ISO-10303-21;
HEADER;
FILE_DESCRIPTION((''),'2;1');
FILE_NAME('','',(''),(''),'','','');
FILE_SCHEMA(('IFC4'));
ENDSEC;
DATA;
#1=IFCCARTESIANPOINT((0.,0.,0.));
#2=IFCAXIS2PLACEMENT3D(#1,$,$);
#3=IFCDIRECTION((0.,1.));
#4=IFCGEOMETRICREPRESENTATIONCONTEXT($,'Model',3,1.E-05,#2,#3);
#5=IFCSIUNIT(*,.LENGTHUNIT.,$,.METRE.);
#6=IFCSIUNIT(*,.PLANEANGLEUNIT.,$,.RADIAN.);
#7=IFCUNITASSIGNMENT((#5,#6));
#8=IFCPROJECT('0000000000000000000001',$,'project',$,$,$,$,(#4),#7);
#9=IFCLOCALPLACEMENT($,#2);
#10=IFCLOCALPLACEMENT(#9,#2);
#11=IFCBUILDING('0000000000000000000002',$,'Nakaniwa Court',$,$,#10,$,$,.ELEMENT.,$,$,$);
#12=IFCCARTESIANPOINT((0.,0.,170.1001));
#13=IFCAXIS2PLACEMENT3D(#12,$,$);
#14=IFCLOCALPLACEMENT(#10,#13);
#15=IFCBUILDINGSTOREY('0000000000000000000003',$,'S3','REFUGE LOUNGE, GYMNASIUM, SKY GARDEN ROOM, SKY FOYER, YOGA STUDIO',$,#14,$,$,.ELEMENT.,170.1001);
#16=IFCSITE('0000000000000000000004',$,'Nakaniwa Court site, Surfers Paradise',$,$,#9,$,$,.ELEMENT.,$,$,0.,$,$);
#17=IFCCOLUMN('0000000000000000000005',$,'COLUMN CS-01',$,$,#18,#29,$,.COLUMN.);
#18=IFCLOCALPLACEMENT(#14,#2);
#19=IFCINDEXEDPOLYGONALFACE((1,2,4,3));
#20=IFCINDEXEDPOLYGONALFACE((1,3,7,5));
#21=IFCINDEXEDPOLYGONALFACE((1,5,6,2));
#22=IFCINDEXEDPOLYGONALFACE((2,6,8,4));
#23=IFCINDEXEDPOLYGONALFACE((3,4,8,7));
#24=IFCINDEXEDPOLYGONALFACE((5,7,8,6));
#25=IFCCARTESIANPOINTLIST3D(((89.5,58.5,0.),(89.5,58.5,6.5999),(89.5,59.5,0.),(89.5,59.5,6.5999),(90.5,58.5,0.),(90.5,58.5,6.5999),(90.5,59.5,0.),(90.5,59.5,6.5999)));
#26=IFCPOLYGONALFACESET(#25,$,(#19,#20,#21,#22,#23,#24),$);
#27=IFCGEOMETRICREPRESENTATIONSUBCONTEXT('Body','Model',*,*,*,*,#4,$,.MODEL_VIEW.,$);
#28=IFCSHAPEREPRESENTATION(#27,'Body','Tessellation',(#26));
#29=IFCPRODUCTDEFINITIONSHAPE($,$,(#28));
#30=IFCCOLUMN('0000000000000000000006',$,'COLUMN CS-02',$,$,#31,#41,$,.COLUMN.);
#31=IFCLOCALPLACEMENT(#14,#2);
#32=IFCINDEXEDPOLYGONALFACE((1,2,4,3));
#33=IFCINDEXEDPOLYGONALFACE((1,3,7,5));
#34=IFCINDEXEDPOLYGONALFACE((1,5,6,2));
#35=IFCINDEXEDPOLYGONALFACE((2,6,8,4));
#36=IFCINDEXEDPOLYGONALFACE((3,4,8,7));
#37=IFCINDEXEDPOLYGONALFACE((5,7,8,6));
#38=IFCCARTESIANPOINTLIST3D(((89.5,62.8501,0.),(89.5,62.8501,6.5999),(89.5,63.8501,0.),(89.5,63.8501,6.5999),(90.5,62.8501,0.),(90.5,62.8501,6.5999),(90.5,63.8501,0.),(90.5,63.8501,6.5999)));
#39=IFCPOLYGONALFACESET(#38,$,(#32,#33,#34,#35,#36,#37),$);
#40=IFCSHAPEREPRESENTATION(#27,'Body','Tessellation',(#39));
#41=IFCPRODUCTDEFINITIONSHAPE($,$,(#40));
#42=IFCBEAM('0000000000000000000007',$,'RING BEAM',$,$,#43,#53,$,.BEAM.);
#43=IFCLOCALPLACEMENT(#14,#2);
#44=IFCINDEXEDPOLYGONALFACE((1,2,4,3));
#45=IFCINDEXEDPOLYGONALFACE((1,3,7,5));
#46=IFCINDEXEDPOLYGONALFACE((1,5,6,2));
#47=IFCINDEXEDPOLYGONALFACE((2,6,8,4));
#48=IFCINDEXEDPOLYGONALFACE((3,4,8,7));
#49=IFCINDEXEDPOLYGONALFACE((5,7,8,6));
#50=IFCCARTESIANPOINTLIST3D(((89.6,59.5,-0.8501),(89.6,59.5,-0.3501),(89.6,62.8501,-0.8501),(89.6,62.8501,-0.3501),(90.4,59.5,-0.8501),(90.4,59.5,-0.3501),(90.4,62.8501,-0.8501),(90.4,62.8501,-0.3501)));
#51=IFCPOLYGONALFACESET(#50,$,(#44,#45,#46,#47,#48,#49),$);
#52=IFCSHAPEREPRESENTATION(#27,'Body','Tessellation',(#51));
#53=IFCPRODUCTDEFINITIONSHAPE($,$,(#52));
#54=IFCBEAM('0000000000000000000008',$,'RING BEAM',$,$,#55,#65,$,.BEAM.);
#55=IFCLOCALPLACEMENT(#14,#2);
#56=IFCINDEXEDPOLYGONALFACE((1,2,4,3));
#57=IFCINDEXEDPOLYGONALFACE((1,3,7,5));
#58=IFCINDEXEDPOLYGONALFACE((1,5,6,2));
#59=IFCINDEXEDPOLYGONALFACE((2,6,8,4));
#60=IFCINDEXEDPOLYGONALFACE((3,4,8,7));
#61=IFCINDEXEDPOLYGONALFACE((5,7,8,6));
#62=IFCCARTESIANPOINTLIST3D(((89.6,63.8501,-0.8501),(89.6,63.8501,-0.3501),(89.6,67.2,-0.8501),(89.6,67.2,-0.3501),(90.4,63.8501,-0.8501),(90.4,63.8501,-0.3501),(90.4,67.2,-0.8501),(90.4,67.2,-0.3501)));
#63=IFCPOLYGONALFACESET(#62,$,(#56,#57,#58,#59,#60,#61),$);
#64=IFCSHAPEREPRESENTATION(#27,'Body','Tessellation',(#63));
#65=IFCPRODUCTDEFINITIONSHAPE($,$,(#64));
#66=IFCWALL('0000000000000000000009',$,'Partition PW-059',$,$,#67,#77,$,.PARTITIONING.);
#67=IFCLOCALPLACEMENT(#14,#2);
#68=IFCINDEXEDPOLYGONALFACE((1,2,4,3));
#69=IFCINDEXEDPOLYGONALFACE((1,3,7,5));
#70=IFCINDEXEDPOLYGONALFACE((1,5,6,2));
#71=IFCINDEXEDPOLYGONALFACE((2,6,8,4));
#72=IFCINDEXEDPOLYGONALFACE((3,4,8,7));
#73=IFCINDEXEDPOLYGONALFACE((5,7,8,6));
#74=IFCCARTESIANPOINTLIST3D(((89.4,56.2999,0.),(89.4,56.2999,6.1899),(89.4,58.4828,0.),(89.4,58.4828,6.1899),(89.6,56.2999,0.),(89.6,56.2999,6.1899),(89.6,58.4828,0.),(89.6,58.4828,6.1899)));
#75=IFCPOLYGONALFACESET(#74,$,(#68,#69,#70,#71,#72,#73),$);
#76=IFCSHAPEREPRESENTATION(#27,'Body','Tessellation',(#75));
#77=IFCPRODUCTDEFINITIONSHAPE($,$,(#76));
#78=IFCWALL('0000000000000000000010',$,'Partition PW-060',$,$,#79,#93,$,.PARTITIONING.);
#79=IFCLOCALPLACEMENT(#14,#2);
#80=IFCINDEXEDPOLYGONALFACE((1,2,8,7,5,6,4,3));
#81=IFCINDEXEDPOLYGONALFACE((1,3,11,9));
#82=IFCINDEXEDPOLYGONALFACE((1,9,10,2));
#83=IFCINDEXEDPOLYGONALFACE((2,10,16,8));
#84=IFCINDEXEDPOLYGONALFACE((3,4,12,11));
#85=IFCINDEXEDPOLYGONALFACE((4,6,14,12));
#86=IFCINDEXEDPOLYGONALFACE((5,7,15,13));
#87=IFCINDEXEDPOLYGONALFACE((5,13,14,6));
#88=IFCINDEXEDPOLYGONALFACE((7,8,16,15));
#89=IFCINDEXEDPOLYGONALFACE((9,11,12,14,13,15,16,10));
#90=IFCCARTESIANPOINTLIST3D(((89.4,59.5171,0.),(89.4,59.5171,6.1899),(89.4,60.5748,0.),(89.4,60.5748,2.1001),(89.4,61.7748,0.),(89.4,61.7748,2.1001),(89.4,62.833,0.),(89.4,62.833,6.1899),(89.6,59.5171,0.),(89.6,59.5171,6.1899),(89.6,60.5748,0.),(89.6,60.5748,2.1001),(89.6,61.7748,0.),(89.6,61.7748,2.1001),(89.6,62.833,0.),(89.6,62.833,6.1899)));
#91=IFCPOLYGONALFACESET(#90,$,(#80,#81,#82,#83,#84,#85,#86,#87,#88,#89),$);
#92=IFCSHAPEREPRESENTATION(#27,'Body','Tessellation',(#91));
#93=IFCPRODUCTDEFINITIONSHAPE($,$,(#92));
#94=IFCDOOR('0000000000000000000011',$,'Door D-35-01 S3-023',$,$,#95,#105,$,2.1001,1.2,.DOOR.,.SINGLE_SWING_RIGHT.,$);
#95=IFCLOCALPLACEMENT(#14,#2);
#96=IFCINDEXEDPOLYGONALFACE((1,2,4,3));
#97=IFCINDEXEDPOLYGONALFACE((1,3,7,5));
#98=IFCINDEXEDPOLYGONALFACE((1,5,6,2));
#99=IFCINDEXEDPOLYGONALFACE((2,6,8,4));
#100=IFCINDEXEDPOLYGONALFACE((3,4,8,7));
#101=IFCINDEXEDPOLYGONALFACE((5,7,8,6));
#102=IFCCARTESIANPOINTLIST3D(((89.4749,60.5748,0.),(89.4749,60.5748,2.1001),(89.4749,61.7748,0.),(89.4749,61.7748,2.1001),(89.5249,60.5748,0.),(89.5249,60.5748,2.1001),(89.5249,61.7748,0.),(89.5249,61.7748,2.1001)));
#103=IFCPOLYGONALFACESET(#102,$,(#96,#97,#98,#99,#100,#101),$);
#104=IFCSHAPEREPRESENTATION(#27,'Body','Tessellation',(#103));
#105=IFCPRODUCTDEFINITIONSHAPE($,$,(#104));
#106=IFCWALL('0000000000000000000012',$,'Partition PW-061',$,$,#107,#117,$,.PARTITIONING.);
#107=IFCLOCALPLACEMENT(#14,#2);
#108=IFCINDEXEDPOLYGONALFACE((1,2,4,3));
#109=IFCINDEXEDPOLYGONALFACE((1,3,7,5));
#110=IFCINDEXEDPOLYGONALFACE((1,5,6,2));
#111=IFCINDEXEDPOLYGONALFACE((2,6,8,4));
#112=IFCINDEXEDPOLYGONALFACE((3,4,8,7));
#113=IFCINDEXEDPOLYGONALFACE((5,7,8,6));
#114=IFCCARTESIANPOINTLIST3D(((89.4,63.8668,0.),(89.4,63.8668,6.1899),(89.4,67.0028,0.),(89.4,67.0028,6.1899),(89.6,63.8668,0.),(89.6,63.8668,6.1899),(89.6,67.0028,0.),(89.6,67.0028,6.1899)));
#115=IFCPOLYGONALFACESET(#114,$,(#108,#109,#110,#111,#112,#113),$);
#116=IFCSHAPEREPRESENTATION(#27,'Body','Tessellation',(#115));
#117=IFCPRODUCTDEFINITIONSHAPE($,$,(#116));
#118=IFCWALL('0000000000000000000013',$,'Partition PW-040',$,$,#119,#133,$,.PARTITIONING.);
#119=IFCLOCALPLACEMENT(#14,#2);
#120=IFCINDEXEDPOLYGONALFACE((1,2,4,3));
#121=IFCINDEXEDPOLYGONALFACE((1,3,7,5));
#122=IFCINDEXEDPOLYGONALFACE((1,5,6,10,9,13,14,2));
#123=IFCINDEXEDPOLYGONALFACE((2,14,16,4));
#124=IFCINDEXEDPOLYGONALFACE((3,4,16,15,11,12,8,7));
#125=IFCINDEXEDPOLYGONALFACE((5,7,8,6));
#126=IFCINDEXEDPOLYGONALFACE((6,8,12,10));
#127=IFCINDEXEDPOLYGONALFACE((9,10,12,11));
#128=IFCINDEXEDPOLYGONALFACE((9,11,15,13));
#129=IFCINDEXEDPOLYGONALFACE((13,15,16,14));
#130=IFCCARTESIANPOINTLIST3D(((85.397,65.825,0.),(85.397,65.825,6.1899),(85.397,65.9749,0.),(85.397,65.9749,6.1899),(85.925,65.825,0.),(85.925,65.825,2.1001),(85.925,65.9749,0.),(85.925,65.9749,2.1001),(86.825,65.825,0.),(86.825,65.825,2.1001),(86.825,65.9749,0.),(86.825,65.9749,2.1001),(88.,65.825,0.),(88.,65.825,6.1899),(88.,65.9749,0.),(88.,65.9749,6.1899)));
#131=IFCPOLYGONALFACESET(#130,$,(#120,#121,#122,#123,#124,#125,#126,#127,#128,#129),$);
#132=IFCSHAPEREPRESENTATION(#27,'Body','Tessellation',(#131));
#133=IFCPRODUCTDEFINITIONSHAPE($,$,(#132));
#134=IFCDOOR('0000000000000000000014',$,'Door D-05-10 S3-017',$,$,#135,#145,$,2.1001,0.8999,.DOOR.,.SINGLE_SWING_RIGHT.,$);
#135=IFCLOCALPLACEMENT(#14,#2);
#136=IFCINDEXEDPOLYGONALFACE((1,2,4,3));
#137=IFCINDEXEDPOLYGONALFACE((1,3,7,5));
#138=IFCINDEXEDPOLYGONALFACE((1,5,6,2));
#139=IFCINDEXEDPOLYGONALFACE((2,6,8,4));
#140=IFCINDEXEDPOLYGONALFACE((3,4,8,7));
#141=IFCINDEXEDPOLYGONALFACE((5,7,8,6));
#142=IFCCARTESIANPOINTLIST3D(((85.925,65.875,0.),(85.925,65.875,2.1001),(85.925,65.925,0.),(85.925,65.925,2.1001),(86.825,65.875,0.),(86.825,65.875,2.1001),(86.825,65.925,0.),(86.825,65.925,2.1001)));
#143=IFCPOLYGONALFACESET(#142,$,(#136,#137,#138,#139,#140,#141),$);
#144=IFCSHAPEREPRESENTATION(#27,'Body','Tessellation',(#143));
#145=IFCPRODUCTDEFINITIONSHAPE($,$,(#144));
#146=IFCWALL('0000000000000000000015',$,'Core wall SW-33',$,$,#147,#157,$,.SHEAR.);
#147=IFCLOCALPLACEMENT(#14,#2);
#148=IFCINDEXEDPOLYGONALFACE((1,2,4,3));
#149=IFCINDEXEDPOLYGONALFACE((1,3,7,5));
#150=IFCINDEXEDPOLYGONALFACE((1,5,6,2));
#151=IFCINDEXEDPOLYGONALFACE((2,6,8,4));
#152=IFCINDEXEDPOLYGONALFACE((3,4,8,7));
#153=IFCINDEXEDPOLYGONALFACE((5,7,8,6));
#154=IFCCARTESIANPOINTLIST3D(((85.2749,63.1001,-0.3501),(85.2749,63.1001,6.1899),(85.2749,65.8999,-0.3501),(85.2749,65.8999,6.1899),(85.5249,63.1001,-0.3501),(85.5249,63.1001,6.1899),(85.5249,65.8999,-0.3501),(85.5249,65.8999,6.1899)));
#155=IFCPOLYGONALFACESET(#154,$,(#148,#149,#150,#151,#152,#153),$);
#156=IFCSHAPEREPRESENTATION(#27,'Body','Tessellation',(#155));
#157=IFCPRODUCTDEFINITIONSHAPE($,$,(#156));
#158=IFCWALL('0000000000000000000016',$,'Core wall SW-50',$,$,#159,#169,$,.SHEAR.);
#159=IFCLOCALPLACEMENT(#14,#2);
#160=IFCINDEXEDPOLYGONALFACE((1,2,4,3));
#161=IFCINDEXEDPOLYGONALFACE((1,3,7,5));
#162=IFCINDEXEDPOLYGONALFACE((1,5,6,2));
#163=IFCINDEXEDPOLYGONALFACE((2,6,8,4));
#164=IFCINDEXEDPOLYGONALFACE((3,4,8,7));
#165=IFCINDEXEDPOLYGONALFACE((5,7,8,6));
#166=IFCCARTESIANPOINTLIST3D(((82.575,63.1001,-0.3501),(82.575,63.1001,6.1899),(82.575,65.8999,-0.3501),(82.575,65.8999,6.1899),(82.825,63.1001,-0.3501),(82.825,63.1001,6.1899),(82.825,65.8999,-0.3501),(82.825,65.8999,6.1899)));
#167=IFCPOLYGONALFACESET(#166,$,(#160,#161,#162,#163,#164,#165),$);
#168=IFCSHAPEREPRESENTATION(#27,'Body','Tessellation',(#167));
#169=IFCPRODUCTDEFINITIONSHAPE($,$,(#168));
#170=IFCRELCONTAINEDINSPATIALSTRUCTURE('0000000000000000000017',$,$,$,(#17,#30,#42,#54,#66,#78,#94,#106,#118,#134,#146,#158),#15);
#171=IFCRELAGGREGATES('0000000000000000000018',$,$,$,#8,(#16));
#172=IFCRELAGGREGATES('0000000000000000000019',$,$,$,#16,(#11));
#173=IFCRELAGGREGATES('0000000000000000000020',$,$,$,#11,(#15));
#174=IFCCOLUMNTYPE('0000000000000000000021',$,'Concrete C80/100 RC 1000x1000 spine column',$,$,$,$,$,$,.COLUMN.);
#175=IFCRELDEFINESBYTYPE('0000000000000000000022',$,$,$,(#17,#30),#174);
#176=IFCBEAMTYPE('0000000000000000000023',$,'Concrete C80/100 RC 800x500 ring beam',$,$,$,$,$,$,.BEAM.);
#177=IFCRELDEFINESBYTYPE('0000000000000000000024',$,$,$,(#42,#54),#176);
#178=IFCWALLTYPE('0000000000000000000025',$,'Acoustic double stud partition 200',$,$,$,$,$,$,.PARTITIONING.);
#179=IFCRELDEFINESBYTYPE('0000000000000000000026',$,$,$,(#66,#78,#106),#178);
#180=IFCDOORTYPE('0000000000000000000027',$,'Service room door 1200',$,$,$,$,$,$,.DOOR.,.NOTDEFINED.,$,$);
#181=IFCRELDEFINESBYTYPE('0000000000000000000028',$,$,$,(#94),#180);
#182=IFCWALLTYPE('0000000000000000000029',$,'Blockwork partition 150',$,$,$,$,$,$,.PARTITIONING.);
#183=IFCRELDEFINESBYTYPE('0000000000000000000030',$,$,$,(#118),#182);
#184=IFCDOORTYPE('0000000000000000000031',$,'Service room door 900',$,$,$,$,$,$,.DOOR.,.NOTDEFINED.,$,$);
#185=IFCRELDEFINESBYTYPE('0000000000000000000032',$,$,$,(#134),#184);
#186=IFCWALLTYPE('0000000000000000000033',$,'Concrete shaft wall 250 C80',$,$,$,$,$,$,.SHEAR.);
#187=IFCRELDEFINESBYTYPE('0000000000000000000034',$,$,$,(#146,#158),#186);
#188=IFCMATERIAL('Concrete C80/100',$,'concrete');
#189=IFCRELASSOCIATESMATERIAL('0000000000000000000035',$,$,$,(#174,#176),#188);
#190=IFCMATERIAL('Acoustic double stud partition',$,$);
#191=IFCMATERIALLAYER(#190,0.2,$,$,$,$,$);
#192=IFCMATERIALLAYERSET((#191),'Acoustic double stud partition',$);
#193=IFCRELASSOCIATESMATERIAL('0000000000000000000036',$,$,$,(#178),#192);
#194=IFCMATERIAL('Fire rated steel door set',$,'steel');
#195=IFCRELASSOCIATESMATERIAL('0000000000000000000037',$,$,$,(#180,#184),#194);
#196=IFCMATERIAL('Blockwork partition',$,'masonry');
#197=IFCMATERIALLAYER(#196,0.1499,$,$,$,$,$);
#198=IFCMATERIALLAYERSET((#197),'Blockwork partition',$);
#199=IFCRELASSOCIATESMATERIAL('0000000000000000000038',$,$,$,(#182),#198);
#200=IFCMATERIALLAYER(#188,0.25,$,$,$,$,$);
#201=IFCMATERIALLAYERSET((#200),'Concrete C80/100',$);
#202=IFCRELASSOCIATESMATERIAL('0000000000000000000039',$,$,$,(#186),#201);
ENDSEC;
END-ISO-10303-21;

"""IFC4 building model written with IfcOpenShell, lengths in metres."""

from ifc_helpers import new_model, si_unit, direction, frame, frame_2d, origin, origin_2d, place, context, subcontext, project, spatial, rectangle, extrude, material, layer, layer_set, material_profile, profile_set, type_object, element, fill, save


model = new_model("IFC4")

# Units and contexts
model_context = context("Model", 3, precision=1e-05, world=origin(), true_north=direction((0.0, 1.0)))
body_context = subcontext(model_context, "Body", "Model", "MODEL_VIEW")
ifc_project = project(units=[si_unit("LENGTHUNIT", "METRE"), si_unit("PLANEANGLEUNIT", "RADIAN")], contexts=[model_context])

# Site, building, storey
site_placement = place(None, origin())
site = spatial("IfcSite", under=ifc_project, at=site_placement, Name="Nakaniwa Court site, Surfers Paradise", CompositionType="ELEMENT", RefElevation=0.0)
building_placement = place(site_placement, origin())
building = spatial("IfcBuilding", under=site, at=building_placement, Name="Nakaniwa Court", CompositionType="ELEMENT")
storey_placement = place(building_placement, frame((0.0, 0.0, 170.1001)))
storey = spatial("IfcBuildingStorey", under=building, at=storey_placement, Name="S3", Description="REFUGE LOUNGE, GYMNASIUM, SKY GARDEN ROOM, SKY FOYER, YOGA STUDIO", CompositionType="ELEMENT", Elevation=170.1001)

# Columns
ifc_material_1 = material(Name="Concrete C80/100", Category="concrete")
ifc_material_profile_1 = material_profile(ifc_material_1, rectangle(XDim=1.0, YDim=1.0, at=origin_2d()), Name="Concrete C80/100 RC 1000x1000 spine column")
ifc_profile_set_1 = profile_set([ifc_material_profile_1], Name="Concrete C80/100")
column_type = type_object("IfcColumnType", Name="Concrete C80/100 RC 1000x1000 spine column", PredefinedType="COLUMN", material=ifc_profile_set_1)
for number, where, z_axis, x_axis, name in (
    (1, (90.0, 59.0, 0.0), (0.0, 0.0, 1.0), (0.0, 1.0, 0.0), "COLUMN CS-01"),
    (2, (90.0, 63.3501, 0.0), (0.0, 0.0, 1.0), (0.0, 1.0, 0.0), "COLUMN CS-02"),
):
    element("IfcColumn", number, at=place(storey_placement, frame(where, z_axis=z_axis, x_axis=x_axis)), inside=storey, type_object=column_type, Name=name, PredefinedType="COLUMN", context=body_context, shape_type="SweptSolid", body=[
        extrude(rectangle(XDim=1.0, YDim=1.0, at=origin_2d()), origin(), (0.0, 0.0, 1.0), 6.5999),
    ])

# Beams
ifc_material_profile_2 = material_profile(ifc_material_1, rectangle(XDim=0.8, YDim=0.5, at=origin_2d()), Name="Concrete C80/100 RC 800x500 ring beam")
ifc_profile_set_2 = profile_set([ifc_material_profile_2], Name="Concrete C80/100")
beam_type = type_object("IfcBeamType", Name="Concrete C80/100 RC 800x500 ring beam", PredefinedType="BEAM", material=ifc_profile_set_2)
beam_1_placement = place(storey_placement, frame((90.0, 59.5, -0.6001), z_axis=(0.0, 1.0, 0.0), x_axis=(-1.0, 0.0, 0.0)))
element("IfcBeam", 3, at=beam_1_placement, inside=storey, type_object=beam_type, Name="RING BEAM", PredefinedType="BEAM", context=body_context, shape_type="SweptSolid", body=[
    extrude(rectangle(XDim=0.8, YDim=0.5, at=origin_2d()), origin(), (0.0, 0.0, 1.0), 3.3501),
])
beam_2_placement = place(storey_placement, frame((90.0, 63.8501, -0.6001), z_axis=(0.0, 1.0, 0.0), x_axis=(-1.0, 0.0, 0.0)))
element("IfcBeam", 4, at=beam_2_placement, inside=storey, type_object=beam_type, Name="RING BEAM", PredefinedType="BEAM", context=body_context, shape_type="SweptSolid", body=[
    extrude(rectangle(XDim=0.8, YDim=0.5, at=origin_2d()), origin(), (0.0, 0.0, 1.0), 3.3499),
])

# Wall
ifc_material_2 = material(Name="Acoustic double stud partition")
ifc_layer_1 = layer(ifc_material_2, 0.2)
ifc_layer_set_1 = layer_set([ifc_layer_1], Name="Acoustic double stud partition")
wall_type_1 = type_object("IfcWallType", Name="Acoustic double stud partition 200", PredefinedType="PARTITIONING", material=ifc_layer_set_1)
wall_1_placement = place(storey_placement, frame((89.5, 56.3, 0.0), z_axis=(0.0, 0.0, 1.0), x_axis=(0.0, 1.0, 0.0)))
element("IfcWall", 5, at=wall_1_placement, inside=storey, type_object=wall_type_1, Name="Partition PW-059", PredefinedType="PARTITIONING", context=body_context, shape_type="SweptSolid", body=[
    extrude(rectangle(XDim=2.1829, YDim=0.2, at=frame_2d((1.0913, 0.0))), origin(), (0.0, 0.0, 1.0), 6.1899),
])

# Wall, opening, door
wall_2_placement = place(storey_placement, frame((89.5, 62.833, 0.0), z_axis=(0.0, 0.0, 1.0), x_axis=(0.0, -1.0, 0.0)))
wall_2 = element("IfcWall", 6, at=wall_2_placement, inside=storey, type_object=wall_type_1, Name="Partition PW-060", PredefinedType="PARTITIONING", context=body_context, shape_type="SweptSolid", body=[
    extrude(rectangle(XDim=3.3159, YDim=0.2, at=frame_2d((1.658, 0.0))), origin(), (0.0, 0.0, 1.0), 6.1899),
])
opening_1_placement = place(wall_2_placement, frame((1.0581, 0.0, 0.0)))
opening_1 = element("IfcOpeningElement", 7, at=opening_1_placement, cuts=wall_2, PredefinedType="OPENING", context=body_context, shape_type="SweptSolid", body=[
    extrude(rectangle(XDim=1.2, YDim=2.1001, at=frame_2d((0.6001, 1.05))), frame((0.0, 0.1099, 0.0), z_axis=(0.0, -1.0, 0.0), x_axis=(1.0, 0.0, 0.0)), (0.0, 0.0, 1.0), 0.22),
])
ifc_material_3 = material(Name="Fire rated steel door set", Category="steel")
door_type_1 = type_object("IfcDoorType", Name="Service room door 1200", OperationType="NOTDEFINED", PredefinedType="DOOR", material=ifc_material_3)
door_1_placement = place(opening_1_placement, origin())
door_1 = element("IfcDoor", 8, at=door_1_placement, inside=storey, type_object=door_type_1, Name="Door D-35-01 S3-023", OperationType="SINGLE_SWING_RIGHT", OverallHeight=2.1001, OverallWidth=1.2, PredefinedType="DOOR", context=body_context, shape_type="SweptSolid", body=[
    extrude(rectangle(XDim=1.2, YDim=2.1001, at=frame_2d((0.6001, 1.05))), frame((0.0, 0.0249, 0.0), z_axis=(0.0, -1.0, 0.0), x_axis=(1.0, 0.0, 0.0)), (0.0, 0.0, 1.0), 0.05),
])
fill(opening_1, door_1)

# Wall
wall_3_placement = place(storey_placement, frame((89.5, 63.8669, 0.0), z_axis=(0.0, 0.0, 1.0), x_axis=(0.0, 1.0, 0.0)))
element("IfcWall", 9, at=wall_3_placement, inside=storey, type_object=wall_type_1, Name="Partition PW-061", PredefinedType="PARTITIONING", context=body_context, shape_type="SweptSolid", body=[
    extrude(rectangle(XDim=3.136, YDim=0.2, at=frame_2d((1.5679, 0.0))), origin(), (0.0, 0.0, 1.0), 6.1899),
])

# Wall, opening, door
ifc_material_4 = material(Name="Blockwork partition", Category="masonry")
ifc_layer_2 = layer(ifc_material_4, 0.1499)
ifc_layer_set_2 = layer_set([ifc_layer_2], Name="Blockwork partition")
wall_type_2 = type_object("IfcWallType", Name="Blockwork partition 150", PredefinedType="PARTITIONING", material=ifc_layer_set_2)
wall_4_placement = place(storey_placement, frame((88.0, 65.8999, 0.0), z_axis=(0.0, 0.0, 1.0), x_axis=(-1.0, 0.0, 0.0)))
wall_4 = element("IfcWall", 10, at=wall_4_placement, inside=storey, type_object=wall_type_2, Name="Partition PW-040", PredefinedType="PARTITIONING", context=body_context, shape_type="SweptSolid", body=[
    extrude(rectangle(XDim=2.603, YDim=0.1499, at=frame_2d((1.3015, 0.0))), origin(), (0.0, 0.0, 1.0), 6.1899),
])
opening_2_placement = place(wall_4_placement, frame((1.175, 0.0, 0.0)))
opening_2 = element("IfcOpeningElement", 11, at=opening_2_placement, cuts=wall_4, PredefinedType="OPENING", context=body_context, shape_type="SweptSolid", body=[
    extrude(rectangle(XDim=0.8999, YDim=2.1001, at=frame_2d((0.45, 1.05))), frame((0.0, 0.085, 0.0), z_axis=(0.0, -1.0, 0.0), x_axis=(1.0, 0.0, 0.0)), (0.0, 0.0, 1.0), 0.1699),
])
door_type_2 = type_object("IfcDoorType", Name="Service room door 900", OperationType="NOTDEFINED", PredefinedType="DOOR", material=ifc_material_3)
door_2_placement = place(opening_2_placement, origin())
door_2 = element("IfcDoor", 12, at=door_2_placement, inside=storey, type_object=door_type_2, Name="Door D-05-10 S3-017", OperationType="SINGLE_SWING_RIGHT", OverallHeight=2.1001, OverallWidth=0.8999, PredefinedType="DOOR", context=body_context, shape_type="SweptSolid", body=[
    extrude(rectangle(XDim=0.8999, YDim=2.1001, at=frame_2d((0.45, 1.05))), frame((0.0, 0.0249, 0.0), z_axis=(0.0, -1.0, 0.0), x_axis=(1.0, 0.0, 0.0)), (0.0, 0.0, 1.0), 0.05),
])
fill(opening_2, door_2)

# Walls
ifc_layer_3 = layer(ifc_material_1, 0.25)
ifc_layer_set_3 = layer_set([ifc_layer_3], Name="Concrete C80/100")
wall_type_3 = type_object("IfcWallType", Name="Concrete shaft wall 250 C80", PredefinedType="SHEAR", material=ifc_layer_set_3)
for number, where, z_axis, x_axis, name in (
    (13, (85.3999, 63.1001, -0.3501), (0.0, 0.0, 1.0), (0.0, 1.0, 0.0), "Core wall SW-33"),
    (14, (82.7, 63.1001, -0.3501), (0.0, 0.0, 1.0), (0.0, 1.0, 0.0), "Core wall SW-50"),
):
    element("IfcWall", number, at=place(storey_placement, frame(where, z_axis=z_axis, x_axis=x_axis)), inside=storey, type_object=wall_type_3, Name=name, PredefinedType="SHEAR", context=body_context, shape_type="SweptSolid", body=[
        extrude(rectangle(XDim=2.7998, YDim=0.25, at=frame_2d((1.3999, 0.0))), origin(), (0.0, 0.0, 1.0), 6.54),
    ])

save(model, "model.ifc")
